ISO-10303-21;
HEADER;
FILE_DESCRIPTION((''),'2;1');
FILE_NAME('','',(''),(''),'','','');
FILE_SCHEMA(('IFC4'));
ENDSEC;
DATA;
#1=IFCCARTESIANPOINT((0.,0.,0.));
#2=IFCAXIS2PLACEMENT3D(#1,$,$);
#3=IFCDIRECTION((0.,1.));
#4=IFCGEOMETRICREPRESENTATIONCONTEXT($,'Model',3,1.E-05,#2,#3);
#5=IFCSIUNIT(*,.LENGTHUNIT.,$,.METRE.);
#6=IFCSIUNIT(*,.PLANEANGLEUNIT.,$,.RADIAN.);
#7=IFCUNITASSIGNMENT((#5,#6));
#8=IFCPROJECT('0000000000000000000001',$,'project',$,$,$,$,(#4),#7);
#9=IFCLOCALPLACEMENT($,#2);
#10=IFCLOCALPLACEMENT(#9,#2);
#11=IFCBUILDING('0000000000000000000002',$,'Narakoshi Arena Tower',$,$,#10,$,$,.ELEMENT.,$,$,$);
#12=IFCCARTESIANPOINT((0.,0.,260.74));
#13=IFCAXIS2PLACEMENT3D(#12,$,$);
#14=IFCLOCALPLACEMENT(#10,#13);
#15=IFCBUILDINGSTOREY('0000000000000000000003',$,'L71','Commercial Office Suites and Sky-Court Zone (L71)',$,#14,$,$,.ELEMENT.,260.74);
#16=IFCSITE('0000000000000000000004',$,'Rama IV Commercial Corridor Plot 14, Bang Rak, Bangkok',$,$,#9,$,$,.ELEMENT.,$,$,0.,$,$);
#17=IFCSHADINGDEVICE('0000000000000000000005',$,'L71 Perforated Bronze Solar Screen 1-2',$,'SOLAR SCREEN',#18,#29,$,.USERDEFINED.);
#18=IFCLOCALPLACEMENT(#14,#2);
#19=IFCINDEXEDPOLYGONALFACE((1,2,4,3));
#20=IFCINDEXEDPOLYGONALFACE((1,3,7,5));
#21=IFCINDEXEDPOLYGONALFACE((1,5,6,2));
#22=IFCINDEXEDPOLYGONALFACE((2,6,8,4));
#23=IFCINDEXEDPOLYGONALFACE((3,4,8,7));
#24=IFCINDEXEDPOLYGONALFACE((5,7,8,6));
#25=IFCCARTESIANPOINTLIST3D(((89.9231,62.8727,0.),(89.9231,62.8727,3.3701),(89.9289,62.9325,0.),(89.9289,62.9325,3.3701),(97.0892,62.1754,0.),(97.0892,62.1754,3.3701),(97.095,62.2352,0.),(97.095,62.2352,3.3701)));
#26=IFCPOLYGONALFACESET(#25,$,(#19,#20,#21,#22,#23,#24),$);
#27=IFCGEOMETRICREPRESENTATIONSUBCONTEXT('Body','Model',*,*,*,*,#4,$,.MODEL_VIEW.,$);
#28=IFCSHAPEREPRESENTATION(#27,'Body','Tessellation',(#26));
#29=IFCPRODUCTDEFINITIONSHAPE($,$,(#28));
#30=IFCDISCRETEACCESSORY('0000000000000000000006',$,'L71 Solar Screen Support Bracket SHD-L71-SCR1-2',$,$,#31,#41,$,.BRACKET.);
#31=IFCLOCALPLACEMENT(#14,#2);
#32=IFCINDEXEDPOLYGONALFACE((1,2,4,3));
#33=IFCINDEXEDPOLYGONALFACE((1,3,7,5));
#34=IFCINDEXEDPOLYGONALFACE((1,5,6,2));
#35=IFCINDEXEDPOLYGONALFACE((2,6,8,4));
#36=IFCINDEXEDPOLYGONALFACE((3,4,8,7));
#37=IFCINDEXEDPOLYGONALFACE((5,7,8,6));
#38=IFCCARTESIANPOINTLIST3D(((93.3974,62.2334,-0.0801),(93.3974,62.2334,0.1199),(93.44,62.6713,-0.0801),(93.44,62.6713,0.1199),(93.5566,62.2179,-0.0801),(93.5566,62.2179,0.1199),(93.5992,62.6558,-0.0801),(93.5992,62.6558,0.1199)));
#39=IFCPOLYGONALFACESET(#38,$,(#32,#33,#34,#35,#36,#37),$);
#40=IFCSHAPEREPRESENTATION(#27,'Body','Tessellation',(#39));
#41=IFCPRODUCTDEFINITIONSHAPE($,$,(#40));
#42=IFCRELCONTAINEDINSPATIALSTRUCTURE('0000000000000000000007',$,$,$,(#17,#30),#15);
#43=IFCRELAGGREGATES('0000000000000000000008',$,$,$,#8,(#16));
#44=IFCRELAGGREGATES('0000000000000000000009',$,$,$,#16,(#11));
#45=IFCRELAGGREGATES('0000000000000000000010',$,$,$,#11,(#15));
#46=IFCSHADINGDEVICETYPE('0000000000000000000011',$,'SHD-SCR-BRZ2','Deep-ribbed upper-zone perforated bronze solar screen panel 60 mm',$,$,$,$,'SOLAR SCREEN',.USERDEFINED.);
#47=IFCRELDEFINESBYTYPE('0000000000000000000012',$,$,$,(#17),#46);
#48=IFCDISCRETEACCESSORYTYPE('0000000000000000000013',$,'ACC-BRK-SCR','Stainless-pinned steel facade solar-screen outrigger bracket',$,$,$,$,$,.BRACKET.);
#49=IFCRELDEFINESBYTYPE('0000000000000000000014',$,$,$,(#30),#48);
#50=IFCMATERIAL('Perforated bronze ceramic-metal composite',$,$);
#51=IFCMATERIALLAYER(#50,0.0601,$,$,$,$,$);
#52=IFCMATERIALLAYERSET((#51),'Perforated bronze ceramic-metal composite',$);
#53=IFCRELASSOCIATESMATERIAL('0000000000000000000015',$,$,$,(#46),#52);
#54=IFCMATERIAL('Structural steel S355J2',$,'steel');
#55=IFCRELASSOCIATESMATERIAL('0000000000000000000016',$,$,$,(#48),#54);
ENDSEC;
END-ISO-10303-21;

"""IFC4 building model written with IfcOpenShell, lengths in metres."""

from ifc_helpers import new_model, si_unit, direction, frame, origin, origin_2d, place, context, subcontext, project, spatial, rectangle, extrude, material, layer, layer_set, type_object, element, save


model = new_model("IFC4")

# Units and contexts
model_context = context("Model", 3, precision=1e-05, world=origin(), true_north=direction((0.0, 1.0)))
body_context = subcontext(model_context, "Body", "Model", "MODEL_VIEW")
ifc_project = project(units=[si_unit("LENGTHUNIT", "METRE"), si_unit("PLANEANGLEUNIT", "RADIAN")], contexts=[model_context])

# Site, building, storey
site_placement = place(None, origin())
site = spatial("IfcSite", under=ifc_project, at=site_placement, Name="Rama IV Commercial Corridor Plot 14, Bang Rak, Bangkok", CompositionType="ELEMENT", RefElevation=0.0)
building_placement = place(site_placement, origin())
building = spatial("IfcBuilding", under=site, at=building_placement, Name="Narakoshi Arena Tower", CompositionType="ELEMENT")
storey_placement = place(building_placement, frame((0.0, 0.0, 260.74)))
storey = spatial("IfcBuildingStorey", under=building, at=storey_placement, Name="L71", Description="Commercial Office Suites and Sky-Court Zone (L71)", CompositionType="ELEMENT", Elevation=260.74)

# Shading device
ifc_material_1 = material(Name="Perforated bronze ceramic-metal composite")
ifc_layer_1 = layer(ifc_material_1, 0.0601)
ifc_layer_set_1 = layer_set([ifc_layer_1], Name="Perforated bronze ceramic-metal composite")
shading_device_type = type_object("IfcShadingDeviceType", Name="SHD-SCR-BRZ2", Description="Deep-ribbed upper-zone perforated bronze solar screen panel 60 mm", ElementType="SOLAR SCREEN", PredefinedType="USERDEFINED", material=ifc_layer_set_1)
shading_device_placement = place(storey_placement, frame((93.509, 62.554, 0.0), z_axis=(0.0, 0.0, 1.0), x_axis=(-0.995299, 0.096853, 0.0)))
element("IfcShadingDevice", 1, at=shading_device_placement, inside=storey, type_object=shading_device_type, Name="L71 Perforated Bronze Solar Screen 1-2", ObjectType="SOLAR SCREEN", PredefinedType="USERDEFINED", context=body_context, shape_type="SweptSolid", body=[
    extrude(rectangle(XDim=7.2, YDim=0.0601, at=origin_2d()), origin(), (0.0, 0.0, 1.0), 3.3701),
])

# Discrete accessory
ifc_material_2 = material(Name="Structural steel S355J2", Category="steel")
discrete_accessory_type = type_object("IfcDiscreteAccessoryType", Name="ACC-BRK-SCR", Description="Stainless-pinned steel facade solar-screen outrigger bracket", PredefinedType="BRACKET", material=ifc_material_2)
discrete_accessory_placement = place(storey_placement, frame((93.4983, 62.4446, -0.0801), z_axis=(0.0, 0.0, 1.0), x_axis=(-0.995299, 0.096853, 0.0)))
element("IfcDiscreteAccessory", 2, at=discrete_accessory_placement, inside=storey, type_object=discrete_accessory_type, Name="L71 Solar Screen Support Bracket SHD-L71-SCR1-2", PredefinedType="BRACKET", context=body_context, shape_type="SweptSolid", body=[
    extrude(rectangle(XDim=0.1599, YDim=0.4399, at=origin_2d()), origin(), (0.0, 0.0, 1.0), 0.2),
])

save(model, "model.ifc")
